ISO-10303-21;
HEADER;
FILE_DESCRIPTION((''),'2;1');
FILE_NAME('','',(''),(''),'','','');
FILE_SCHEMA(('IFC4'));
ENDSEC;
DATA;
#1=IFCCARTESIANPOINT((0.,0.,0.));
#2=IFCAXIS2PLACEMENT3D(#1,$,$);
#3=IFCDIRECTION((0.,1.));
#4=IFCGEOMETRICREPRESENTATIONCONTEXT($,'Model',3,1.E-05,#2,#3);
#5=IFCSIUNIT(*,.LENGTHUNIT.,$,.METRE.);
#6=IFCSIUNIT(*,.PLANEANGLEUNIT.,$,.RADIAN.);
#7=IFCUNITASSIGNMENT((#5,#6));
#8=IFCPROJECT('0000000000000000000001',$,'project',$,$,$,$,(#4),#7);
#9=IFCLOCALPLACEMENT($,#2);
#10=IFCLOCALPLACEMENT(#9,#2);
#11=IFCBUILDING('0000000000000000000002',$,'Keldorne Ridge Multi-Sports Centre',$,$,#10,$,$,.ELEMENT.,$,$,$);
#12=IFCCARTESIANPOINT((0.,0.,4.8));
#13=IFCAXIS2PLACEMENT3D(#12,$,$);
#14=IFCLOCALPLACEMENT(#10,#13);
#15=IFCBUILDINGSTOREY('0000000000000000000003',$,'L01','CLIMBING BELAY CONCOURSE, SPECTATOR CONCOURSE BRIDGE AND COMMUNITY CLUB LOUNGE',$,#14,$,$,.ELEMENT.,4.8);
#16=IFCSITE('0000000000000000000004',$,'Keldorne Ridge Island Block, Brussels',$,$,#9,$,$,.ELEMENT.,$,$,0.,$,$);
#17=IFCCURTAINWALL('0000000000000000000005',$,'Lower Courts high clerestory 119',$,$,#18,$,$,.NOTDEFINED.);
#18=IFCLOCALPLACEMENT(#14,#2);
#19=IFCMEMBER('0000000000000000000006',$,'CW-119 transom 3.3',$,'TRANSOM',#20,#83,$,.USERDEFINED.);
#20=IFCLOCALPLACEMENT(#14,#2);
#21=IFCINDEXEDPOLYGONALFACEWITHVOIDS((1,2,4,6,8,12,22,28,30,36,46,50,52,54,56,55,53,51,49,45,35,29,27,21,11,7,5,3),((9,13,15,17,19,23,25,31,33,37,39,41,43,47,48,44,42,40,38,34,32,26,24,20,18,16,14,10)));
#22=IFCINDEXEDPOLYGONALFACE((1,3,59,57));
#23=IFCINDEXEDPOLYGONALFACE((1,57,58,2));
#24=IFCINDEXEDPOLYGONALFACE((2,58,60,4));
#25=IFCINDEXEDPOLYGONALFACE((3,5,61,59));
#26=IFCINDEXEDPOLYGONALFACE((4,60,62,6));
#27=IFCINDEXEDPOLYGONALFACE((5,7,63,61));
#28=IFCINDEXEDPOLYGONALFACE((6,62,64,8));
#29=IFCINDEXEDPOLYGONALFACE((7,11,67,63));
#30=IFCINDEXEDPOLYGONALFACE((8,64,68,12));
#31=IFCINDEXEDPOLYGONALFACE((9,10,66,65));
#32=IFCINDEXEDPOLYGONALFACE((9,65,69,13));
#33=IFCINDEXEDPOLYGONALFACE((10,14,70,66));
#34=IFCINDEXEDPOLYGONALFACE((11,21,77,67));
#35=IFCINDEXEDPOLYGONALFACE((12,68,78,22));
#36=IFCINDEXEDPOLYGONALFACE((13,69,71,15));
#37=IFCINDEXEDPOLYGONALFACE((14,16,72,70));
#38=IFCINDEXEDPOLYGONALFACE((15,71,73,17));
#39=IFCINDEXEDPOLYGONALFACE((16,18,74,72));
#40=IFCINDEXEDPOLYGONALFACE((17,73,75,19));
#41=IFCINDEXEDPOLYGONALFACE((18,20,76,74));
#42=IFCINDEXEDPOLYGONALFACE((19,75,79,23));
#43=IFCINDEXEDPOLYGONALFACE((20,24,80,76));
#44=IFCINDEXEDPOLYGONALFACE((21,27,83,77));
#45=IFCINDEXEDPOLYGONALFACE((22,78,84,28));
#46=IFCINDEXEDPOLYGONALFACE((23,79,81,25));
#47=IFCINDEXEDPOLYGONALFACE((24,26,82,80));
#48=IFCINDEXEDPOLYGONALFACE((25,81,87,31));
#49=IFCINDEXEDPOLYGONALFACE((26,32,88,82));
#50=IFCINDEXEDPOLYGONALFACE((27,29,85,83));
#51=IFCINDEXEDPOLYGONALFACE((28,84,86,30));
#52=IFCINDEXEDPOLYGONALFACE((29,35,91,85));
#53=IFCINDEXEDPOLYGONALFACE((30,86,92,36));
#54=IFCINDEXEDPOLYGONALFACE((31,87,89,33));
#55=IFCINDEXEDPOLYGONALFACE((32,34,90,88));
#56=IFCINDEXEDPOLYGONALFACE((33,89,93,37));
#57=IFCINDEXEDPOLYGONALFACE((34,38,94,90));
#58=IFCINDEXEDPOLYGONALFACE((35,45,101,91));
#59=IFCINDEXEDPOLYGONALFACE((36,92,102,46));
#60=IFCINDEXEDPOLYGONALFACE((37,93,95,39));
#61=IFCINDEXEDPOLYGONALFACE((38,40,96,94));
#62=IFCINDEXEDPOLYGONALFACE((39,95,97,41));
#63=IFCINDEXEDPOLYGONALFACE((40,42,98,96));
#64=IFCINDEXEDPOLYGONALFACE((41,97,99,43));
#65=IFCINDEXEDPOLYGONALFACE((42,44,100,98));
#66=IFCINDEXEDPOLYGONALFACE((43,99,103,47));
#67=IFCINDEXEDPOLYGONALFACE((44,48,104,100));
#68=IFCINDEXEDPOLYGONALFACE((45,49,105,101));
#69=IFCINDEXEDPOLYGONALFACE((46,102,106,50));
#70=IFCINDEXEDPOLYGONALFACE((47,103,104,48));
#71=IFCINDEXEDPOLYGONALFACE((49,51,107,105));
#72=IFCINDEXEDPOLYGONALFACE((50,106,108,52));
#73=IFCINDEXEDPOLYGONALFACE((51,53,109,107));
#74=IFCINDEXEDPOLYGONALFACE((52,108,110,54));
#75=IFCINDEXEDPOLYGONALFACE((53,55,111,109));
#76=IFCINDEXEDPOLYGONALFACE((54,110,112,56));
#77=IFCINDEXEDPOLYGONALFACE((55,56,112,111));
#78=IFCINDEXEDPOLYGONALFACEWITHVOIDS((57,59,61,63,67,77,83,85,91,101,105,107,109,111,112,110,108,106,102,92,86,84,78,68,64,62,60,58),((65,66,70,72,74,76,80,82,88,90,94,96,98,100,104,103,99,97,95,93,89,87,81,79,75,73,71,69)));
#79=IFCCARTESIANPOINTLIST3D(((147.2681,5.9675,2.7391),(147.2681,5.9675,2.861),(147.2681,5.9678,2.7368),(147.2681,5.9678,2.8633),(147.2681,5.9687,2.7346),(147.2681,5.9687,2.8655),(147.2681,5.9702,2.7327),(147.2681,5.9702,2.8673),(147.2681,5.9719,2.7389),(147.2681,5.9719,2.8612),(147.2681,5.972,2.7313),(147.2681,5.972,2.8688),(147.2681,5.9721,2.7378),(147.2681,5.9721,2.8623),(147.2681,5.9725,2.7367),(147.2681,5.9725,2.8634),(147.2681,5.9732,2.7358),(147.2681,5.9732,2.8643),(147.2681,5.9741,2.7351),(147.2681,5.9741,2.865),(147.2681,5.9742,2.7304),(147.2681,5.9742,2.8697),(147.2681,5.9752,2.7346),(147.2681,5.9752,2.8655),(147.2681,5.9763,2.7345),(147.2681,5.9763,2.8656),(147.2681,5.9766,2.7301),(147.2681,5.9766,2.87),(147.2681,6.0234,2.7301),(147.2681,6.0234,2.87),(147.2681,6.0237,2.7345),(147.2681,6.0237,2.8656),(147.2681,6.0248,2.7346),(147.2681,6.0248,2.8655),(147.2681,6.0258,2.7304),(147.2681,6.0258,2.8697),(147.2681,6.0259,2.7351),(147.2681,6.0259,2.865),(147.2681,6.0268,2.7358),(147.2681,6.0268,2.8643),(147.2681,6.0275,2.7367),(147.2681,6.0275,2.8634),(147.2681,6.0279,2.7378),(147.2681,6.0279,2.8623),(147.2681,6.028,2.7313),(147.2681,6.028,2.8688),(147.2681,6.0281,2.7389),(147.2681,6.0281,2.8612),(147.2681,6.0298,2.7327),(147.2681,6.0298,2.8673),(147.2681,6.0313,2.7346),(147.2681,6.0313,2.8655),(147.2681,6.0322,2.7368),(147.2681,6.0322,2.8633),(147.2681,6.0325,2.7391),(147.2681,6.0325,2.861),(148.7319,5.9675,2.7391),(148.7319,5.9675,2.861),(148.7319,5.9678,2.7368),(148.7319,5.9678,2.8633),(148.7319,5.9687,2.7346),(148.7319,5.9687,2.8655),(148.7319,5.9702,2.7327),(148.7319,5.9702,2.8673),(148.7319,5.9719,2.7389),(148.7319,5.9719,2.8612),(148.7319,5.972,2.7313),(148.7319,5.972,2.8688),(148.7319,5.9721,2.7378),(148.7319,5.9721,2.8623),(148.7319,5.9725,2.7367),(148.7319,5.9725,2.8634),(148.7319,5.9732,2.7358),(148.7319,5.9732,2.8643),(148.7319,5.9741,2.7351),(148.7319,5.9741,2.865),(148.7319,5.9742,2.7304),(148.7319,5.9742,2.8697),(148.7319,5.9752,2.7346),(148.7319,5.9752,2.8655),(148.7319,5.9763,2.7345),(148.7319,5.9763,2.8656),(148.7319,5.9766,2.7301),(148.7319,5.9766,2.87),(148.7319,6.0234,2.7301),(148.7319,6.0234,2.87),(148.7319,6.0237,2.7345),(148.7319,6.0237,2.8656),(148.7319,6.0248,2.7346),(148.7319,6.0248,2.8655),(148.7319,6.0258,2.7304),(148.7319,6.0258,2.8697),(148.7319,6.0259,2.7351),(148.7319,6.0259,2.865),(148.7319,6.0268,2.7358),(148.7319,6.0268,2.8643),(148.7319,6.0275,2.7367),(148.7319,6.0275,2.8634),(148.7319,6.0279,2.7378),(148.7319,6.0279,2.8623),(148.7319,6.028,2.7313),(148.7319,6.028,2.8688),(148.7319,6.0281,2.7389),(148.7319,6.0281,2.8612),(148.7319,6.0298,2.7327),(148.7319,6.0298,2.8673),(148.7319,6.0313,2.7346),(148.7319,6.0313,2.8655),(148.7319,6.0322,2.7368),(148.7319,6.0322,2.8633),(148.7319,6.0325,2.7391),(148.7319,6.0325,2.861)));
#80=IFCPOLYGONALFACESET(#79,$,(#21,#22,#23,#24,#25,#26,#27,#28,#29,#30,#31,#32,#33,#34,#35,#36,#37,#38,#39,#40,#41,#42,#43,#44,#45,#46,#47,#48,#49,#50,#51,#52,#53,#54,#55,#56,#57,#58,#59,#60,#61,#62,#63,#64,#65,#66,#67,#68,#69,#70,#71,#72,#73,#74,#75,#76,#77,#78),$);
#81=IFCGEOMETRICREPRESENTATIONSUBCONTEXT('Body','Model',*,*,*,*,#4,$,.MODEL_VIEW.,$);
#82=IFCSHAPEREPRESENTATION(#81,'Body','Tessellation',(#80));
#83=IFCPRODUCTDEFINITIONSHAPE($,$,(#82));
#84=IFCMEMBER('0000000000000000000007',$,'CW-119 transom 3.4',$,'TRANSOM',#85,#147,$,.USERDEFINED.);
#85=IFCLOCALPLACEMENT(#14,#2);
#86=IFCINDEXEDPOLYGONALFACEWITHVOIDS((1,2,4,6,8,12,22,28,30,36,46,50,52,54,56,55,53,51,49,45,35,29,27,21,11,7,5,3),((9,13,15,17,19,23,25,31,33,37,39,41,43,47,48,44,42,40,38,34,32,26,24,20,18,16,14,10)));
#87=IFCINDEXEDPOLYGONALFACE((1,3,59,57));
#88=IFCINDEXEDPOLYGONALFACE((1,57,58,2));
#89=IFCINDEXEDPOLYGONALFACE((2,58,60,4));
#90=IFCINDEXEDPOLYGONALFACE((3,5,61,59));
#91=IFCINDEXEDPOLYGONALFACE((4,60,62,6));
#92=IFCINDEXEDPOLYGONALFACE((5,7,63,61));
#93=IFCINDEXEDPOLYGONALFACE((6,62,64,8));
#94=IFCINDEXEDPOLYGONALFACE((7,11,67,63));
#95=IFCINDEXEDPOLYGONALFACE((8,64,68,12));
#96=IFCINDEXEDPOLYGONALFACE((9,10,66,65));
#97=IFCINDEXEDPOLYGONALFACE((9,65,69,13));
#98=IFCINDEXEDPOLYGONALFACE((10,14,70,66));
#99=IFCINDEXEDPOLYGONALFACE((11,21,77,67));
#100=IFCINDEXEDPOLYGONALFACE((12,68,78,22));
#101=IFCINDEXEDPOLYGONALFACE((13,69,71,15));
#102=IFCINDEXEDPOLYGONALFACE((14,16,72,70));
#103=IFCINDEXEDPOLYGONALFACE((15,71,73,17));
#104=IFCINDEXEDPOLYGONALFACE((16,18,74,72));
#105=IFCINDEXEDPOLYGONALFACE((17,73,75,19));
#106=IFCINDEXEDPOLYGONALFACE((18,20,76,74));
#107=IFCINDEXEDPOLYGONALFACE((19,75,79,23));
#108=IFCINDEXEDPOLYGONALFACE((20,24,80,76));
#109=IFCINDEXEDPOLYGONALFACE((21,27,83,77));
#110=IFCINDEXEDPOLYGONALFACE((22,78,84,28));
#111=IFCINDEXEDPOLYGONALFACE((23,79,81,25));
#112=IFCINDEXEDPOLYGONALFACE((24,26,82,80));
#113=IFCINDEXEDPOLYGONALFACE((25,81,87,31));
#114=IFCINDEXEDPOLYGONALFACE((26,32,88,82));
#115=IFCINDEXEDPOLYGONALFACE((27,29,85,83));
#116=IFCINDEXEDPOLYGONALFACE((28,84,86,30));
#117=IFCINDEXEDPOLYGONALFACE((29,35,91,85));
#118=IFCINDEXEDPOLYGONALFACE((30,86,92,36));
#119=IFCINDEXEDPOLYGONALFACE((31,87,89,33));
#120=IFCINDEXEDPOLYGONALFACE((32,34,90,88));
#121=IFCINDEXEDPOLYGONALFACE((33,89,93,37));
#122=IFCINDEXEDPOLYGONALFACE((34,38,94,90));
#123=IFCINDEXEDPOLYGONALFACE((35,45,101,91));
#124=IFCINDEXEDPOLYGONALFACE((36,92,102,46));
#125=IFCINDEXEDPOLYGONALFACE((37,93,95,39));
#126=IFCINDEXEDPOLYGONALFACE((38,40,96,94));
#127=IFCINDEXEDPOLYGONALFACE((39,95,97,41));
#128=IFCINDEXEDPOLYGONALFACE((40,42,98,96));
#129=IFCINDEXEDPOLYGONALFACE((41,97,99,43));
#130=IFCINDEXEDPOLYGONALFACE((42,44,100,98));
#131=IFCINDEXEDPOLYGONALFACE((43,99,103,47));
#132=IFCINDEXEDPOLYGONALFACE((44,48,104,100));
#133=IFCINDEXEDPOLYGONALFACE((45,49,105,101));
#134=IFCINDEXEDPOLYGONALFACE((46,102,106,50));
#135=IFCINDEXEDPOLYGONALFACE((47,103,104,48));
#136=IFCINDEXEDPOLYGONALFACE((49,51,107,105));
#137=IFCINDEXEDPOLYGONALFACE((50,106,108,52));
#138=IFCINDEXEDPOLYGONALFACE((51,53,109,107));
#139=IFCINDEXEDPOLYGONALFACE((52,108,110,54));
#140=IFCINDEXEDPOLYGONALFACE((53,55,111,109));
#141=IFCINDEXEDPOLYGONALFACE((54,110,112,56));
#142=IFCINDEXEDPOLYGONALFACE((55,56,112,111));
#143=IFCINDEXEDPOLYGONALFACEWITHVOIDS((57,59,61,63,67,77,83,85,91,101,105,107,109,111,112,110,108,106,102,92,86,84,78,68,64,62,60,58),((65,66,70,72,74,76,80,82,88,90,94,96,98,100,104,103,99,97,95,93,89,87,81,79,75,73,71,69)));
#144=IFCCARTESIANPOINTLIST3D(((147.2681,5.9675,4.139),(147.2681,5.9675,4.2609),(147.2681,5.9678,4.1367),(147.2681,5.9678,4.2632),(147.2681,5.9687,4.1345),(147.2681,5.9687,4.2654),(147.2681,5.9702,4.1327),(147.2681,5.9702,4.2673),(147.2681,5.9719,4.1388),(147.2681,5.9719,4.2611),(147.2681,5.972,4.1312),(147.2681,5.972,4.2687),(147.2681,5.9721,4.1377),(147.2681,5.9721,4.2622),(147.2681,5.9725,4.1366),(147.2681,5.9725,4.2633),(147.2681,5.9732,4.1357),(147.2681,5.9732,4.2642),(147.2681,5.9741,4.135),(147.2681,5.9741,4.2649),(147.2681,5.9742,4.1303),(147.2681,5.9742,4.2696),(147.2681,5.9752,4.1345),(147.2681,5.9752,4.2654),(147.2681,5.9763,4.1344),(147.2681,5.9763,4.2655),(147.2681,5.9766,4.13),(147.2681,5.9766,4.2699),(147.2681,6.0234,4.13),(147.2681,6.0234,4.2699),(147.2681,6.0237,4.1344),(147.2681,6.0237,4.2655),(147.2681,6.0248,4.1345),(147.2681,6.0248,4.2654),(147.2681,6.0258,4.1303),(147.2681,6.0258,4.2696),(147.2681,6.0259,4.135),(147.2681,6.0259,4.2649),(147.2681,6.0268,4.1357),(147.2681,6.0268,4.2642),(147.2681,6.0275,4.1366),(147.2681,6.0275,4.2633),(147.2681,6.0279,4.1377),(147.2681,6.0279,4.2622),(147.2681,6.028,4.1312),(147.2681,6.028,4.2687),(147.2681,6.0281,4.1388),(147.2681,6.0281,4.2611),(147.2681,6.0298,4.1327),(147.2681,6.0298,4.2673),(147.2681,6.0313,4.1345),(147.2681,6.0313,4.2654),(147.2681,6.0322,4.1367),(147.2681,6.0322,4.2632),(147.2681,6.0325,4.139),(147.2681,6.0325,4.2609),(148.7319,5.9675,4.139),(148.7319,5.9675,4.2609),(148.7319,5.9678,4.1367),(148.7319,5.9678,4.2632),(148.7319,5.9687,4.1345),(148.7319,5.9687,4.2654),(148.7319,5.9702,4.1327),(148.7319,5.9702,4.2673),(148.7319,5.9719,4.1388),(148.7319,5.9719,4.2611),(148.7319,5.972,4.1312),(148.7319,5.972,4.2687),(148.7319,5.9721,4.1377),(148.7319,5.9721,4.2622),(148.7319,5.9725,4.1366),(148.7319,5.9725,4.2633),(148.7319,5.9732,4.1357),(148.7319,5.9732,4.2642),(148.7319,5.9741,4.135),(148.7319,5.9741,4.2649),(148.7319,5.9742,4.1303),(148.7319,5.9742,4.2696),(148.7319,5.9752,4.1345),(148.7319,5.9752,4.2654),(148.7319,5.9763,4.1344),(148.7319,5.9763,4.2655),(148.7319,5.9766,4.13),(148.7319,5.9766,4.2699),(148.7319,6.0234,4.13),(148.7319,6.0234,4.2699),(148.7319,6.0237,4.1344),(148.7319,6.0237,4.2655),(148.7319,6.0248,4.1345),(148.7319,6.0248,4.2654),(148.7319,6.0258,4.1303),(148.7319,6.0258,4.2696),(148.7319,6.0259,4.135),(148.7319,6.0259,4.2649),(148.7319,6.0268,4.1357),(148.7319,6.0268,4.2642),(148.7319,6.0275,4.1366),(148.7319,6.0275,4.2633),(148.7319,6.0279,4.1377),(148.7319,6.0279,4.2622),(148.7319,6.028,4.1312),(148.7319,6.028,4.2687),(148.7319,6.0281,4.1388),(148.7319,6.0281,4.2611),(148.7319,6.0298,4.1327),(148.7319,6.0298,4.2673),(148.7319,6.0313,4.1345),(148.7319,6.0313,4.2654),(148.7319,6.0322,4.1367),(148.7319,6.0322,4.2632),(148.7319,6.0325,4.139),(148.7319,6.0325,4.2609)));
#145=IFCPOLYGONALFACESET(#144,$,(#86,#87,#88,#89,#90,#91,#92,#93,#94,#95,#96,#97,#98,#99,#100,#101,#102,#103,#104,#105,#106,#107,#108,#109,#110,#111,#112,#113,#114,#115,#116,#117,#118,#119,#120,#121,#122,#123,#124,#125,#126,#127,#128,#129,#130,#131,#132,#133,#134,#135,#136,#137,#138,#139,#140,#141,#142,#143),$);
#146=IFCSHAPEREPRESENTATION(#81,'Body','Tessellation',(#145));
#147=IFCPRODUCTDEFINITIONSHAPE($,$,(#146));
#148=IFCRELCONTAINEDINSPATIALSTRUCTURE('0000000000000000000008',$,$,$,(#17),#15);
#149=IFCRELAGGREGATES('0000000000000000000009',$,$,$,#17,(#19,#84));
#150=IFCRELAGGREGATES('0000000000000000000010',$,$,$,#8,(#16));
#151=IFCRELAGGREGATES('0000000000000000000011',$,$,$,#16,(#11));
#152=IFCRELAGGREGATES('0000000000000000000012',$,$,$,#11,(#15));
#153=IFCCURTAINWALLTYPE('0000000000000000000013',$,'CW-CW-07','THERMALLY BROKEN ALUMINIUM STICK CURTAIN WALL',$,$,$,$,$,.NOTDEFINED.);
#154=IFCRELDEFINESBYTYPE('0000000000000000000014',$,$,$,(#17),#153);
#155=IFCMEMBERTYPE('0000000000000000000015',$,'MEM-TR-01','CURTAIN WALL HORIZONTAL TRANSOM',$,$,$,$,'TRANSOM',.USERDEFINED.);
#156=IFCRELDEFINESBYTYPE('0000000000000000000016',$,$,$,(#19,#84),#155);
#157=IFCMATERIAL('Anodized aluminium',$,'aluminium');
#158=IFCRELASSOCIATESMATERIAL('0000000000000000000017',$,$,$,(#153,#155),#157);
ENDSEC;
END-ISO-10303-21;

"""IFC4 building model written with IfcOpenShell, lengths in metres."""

from ifc_helpers import new_model, si_unit, direction, frame, origin, origin_2d, place, context, subcontext, project, spatial, hollow_rectangle, extrude, material, material_profile, profile_set, type_object, element, aggregate, save


model = new_model("IFC4")

# Units and contexts
model_context = context("Model", 3, precision=1e-05, world=origin(), true_north=direction((0.0, 1.0)))
body_context = subcontext(model_context, "Body", "Model", "MODEL_VIEW")
ifc_project = project(units=[si_unit("LENGTHUNIT", "METRE"), si_unit("PLANEANGLEUNIT", "RADIAN")], contexts=[model_context])

# Site, building, storey
site_placement = place(None, origin())
site = spatial("IfcSite", under=ifc_project, at=site_placement, Name="Keldorne Ridge Island Block, Brussels", CompositionType="ELEMENT", RefElevation=0.0)
building_placement = place(site_placement, origin())
building = spatial("IfcBuilding", under=site, at=building_placement, Name="Keldorne Ridge Multi-Sports Centre", CompositionType="ELEMENT")
storey_placement = place(building_placement, frame((0.0, 0.0, 4.8)))
storey = spatial("IfcBuildingStorey", under=building, at=storey_placement, Name="L01", Description="CLIMBING BELAY CONCOURSE, SPECTATOR CONCOURSE BRIDGE AND COMMUNITY CLUB LOUNGE", CompositionType="ELEMENT", Elevation=4.8)

# Curtain wall, members
ifc_material_1 = material(Name="Anodized aluminium", Category="aluminium")
curtain_wall_type = type_object("IfcCurtainWallType", Name="CW-CW-07", Description="THERMALLY BROKEN ALUMINIUM STICK CURTAIN WALL", PredefinedType="NOTDEFINED", material=ifc_material_1)
curtain_wall_placement = place(storey_placement, origin())
curtain_wall = element("IfcCurtainWall", 1, at=curtain_wall_placement, inside=storey, type_object=curtain_wall_type, Name="Lower Courts high clerestory 119", PredefinedType="NOTDEFINED")
ifc_material_profile_1 = material_profile(ifc_material_1, hollow_rectangle(XDim=0.0649, YDim=0.1399, WallThickness=0.0044, InnerFilletRadius=0.0044, OuterFilletRadius=0.009, at=origin_2d()), Name="ALU TRANSOM 140x65x4.5")
ifc_profile_set_1 = profile_set([ifc_material_profile_1], Name="Anodized aluminium")
member_type_1 = type_object("IfcMemberType", Name="MEM-TR-01", Description="CURTAIN WALL HORIZONTAL TRANSOM", ElementType="TRANSOM", PredefinedType="USERDEFINED", material=ifc_profile_set_1)
member_1_placement = place(storey_placement, frame((147.2681, 6.0, 2.8), z_axis=(1.0, 0.0, 0.0), x_axis=(0.0, 1.0, 0.0)))
member_1 = element("IfcMember", 2, at=member_1_placement, type_object=member_type_1, Name="CW-119 transom 3.3", ObjectType="TRANSOM", PredefinedType="USERDEFINED", context=body_context, shape_type="SweptSolid", body=[
    extrude(hollow_rectangle(XDim=0.0649, YDim=0.1399, WallThickness=0.0044, InnerFilletRadius=0.0044, OuterFilletRadius=0.009, at=origin_2d()), origin(), (0.0, 0.0, 1.0), 1.4639),
])
member_2_placement = place(storey_placement, frame((147.2681, 6.0, 4.2), z_axis=(1.0, 0.0, 0.0), x_axis=(0.0, 1.0, 0.0)))
member_2 = element("IfcMember", 3, at=member_2_placement, type_object=member_type_1, Name="CW-119 transom 3.4", ObjectType="TRANSOM", PredefinedType="USERDEFINED", context=body_context, shape_type="SweptSolid", body=[
    extrude(hollow_rectangle(XDim=0.0649, YDim=0.1399, WallThickness=0.0044, InnerFilletRadius=0.0044, OuterFilletRadius=0.009, at=origin_2d()), origin(), (0.0, 0.0, 1.0), 1.4639),
])
aggregate(curtain_wall, [member_1, member_2])

save(model, "model.ifc")
